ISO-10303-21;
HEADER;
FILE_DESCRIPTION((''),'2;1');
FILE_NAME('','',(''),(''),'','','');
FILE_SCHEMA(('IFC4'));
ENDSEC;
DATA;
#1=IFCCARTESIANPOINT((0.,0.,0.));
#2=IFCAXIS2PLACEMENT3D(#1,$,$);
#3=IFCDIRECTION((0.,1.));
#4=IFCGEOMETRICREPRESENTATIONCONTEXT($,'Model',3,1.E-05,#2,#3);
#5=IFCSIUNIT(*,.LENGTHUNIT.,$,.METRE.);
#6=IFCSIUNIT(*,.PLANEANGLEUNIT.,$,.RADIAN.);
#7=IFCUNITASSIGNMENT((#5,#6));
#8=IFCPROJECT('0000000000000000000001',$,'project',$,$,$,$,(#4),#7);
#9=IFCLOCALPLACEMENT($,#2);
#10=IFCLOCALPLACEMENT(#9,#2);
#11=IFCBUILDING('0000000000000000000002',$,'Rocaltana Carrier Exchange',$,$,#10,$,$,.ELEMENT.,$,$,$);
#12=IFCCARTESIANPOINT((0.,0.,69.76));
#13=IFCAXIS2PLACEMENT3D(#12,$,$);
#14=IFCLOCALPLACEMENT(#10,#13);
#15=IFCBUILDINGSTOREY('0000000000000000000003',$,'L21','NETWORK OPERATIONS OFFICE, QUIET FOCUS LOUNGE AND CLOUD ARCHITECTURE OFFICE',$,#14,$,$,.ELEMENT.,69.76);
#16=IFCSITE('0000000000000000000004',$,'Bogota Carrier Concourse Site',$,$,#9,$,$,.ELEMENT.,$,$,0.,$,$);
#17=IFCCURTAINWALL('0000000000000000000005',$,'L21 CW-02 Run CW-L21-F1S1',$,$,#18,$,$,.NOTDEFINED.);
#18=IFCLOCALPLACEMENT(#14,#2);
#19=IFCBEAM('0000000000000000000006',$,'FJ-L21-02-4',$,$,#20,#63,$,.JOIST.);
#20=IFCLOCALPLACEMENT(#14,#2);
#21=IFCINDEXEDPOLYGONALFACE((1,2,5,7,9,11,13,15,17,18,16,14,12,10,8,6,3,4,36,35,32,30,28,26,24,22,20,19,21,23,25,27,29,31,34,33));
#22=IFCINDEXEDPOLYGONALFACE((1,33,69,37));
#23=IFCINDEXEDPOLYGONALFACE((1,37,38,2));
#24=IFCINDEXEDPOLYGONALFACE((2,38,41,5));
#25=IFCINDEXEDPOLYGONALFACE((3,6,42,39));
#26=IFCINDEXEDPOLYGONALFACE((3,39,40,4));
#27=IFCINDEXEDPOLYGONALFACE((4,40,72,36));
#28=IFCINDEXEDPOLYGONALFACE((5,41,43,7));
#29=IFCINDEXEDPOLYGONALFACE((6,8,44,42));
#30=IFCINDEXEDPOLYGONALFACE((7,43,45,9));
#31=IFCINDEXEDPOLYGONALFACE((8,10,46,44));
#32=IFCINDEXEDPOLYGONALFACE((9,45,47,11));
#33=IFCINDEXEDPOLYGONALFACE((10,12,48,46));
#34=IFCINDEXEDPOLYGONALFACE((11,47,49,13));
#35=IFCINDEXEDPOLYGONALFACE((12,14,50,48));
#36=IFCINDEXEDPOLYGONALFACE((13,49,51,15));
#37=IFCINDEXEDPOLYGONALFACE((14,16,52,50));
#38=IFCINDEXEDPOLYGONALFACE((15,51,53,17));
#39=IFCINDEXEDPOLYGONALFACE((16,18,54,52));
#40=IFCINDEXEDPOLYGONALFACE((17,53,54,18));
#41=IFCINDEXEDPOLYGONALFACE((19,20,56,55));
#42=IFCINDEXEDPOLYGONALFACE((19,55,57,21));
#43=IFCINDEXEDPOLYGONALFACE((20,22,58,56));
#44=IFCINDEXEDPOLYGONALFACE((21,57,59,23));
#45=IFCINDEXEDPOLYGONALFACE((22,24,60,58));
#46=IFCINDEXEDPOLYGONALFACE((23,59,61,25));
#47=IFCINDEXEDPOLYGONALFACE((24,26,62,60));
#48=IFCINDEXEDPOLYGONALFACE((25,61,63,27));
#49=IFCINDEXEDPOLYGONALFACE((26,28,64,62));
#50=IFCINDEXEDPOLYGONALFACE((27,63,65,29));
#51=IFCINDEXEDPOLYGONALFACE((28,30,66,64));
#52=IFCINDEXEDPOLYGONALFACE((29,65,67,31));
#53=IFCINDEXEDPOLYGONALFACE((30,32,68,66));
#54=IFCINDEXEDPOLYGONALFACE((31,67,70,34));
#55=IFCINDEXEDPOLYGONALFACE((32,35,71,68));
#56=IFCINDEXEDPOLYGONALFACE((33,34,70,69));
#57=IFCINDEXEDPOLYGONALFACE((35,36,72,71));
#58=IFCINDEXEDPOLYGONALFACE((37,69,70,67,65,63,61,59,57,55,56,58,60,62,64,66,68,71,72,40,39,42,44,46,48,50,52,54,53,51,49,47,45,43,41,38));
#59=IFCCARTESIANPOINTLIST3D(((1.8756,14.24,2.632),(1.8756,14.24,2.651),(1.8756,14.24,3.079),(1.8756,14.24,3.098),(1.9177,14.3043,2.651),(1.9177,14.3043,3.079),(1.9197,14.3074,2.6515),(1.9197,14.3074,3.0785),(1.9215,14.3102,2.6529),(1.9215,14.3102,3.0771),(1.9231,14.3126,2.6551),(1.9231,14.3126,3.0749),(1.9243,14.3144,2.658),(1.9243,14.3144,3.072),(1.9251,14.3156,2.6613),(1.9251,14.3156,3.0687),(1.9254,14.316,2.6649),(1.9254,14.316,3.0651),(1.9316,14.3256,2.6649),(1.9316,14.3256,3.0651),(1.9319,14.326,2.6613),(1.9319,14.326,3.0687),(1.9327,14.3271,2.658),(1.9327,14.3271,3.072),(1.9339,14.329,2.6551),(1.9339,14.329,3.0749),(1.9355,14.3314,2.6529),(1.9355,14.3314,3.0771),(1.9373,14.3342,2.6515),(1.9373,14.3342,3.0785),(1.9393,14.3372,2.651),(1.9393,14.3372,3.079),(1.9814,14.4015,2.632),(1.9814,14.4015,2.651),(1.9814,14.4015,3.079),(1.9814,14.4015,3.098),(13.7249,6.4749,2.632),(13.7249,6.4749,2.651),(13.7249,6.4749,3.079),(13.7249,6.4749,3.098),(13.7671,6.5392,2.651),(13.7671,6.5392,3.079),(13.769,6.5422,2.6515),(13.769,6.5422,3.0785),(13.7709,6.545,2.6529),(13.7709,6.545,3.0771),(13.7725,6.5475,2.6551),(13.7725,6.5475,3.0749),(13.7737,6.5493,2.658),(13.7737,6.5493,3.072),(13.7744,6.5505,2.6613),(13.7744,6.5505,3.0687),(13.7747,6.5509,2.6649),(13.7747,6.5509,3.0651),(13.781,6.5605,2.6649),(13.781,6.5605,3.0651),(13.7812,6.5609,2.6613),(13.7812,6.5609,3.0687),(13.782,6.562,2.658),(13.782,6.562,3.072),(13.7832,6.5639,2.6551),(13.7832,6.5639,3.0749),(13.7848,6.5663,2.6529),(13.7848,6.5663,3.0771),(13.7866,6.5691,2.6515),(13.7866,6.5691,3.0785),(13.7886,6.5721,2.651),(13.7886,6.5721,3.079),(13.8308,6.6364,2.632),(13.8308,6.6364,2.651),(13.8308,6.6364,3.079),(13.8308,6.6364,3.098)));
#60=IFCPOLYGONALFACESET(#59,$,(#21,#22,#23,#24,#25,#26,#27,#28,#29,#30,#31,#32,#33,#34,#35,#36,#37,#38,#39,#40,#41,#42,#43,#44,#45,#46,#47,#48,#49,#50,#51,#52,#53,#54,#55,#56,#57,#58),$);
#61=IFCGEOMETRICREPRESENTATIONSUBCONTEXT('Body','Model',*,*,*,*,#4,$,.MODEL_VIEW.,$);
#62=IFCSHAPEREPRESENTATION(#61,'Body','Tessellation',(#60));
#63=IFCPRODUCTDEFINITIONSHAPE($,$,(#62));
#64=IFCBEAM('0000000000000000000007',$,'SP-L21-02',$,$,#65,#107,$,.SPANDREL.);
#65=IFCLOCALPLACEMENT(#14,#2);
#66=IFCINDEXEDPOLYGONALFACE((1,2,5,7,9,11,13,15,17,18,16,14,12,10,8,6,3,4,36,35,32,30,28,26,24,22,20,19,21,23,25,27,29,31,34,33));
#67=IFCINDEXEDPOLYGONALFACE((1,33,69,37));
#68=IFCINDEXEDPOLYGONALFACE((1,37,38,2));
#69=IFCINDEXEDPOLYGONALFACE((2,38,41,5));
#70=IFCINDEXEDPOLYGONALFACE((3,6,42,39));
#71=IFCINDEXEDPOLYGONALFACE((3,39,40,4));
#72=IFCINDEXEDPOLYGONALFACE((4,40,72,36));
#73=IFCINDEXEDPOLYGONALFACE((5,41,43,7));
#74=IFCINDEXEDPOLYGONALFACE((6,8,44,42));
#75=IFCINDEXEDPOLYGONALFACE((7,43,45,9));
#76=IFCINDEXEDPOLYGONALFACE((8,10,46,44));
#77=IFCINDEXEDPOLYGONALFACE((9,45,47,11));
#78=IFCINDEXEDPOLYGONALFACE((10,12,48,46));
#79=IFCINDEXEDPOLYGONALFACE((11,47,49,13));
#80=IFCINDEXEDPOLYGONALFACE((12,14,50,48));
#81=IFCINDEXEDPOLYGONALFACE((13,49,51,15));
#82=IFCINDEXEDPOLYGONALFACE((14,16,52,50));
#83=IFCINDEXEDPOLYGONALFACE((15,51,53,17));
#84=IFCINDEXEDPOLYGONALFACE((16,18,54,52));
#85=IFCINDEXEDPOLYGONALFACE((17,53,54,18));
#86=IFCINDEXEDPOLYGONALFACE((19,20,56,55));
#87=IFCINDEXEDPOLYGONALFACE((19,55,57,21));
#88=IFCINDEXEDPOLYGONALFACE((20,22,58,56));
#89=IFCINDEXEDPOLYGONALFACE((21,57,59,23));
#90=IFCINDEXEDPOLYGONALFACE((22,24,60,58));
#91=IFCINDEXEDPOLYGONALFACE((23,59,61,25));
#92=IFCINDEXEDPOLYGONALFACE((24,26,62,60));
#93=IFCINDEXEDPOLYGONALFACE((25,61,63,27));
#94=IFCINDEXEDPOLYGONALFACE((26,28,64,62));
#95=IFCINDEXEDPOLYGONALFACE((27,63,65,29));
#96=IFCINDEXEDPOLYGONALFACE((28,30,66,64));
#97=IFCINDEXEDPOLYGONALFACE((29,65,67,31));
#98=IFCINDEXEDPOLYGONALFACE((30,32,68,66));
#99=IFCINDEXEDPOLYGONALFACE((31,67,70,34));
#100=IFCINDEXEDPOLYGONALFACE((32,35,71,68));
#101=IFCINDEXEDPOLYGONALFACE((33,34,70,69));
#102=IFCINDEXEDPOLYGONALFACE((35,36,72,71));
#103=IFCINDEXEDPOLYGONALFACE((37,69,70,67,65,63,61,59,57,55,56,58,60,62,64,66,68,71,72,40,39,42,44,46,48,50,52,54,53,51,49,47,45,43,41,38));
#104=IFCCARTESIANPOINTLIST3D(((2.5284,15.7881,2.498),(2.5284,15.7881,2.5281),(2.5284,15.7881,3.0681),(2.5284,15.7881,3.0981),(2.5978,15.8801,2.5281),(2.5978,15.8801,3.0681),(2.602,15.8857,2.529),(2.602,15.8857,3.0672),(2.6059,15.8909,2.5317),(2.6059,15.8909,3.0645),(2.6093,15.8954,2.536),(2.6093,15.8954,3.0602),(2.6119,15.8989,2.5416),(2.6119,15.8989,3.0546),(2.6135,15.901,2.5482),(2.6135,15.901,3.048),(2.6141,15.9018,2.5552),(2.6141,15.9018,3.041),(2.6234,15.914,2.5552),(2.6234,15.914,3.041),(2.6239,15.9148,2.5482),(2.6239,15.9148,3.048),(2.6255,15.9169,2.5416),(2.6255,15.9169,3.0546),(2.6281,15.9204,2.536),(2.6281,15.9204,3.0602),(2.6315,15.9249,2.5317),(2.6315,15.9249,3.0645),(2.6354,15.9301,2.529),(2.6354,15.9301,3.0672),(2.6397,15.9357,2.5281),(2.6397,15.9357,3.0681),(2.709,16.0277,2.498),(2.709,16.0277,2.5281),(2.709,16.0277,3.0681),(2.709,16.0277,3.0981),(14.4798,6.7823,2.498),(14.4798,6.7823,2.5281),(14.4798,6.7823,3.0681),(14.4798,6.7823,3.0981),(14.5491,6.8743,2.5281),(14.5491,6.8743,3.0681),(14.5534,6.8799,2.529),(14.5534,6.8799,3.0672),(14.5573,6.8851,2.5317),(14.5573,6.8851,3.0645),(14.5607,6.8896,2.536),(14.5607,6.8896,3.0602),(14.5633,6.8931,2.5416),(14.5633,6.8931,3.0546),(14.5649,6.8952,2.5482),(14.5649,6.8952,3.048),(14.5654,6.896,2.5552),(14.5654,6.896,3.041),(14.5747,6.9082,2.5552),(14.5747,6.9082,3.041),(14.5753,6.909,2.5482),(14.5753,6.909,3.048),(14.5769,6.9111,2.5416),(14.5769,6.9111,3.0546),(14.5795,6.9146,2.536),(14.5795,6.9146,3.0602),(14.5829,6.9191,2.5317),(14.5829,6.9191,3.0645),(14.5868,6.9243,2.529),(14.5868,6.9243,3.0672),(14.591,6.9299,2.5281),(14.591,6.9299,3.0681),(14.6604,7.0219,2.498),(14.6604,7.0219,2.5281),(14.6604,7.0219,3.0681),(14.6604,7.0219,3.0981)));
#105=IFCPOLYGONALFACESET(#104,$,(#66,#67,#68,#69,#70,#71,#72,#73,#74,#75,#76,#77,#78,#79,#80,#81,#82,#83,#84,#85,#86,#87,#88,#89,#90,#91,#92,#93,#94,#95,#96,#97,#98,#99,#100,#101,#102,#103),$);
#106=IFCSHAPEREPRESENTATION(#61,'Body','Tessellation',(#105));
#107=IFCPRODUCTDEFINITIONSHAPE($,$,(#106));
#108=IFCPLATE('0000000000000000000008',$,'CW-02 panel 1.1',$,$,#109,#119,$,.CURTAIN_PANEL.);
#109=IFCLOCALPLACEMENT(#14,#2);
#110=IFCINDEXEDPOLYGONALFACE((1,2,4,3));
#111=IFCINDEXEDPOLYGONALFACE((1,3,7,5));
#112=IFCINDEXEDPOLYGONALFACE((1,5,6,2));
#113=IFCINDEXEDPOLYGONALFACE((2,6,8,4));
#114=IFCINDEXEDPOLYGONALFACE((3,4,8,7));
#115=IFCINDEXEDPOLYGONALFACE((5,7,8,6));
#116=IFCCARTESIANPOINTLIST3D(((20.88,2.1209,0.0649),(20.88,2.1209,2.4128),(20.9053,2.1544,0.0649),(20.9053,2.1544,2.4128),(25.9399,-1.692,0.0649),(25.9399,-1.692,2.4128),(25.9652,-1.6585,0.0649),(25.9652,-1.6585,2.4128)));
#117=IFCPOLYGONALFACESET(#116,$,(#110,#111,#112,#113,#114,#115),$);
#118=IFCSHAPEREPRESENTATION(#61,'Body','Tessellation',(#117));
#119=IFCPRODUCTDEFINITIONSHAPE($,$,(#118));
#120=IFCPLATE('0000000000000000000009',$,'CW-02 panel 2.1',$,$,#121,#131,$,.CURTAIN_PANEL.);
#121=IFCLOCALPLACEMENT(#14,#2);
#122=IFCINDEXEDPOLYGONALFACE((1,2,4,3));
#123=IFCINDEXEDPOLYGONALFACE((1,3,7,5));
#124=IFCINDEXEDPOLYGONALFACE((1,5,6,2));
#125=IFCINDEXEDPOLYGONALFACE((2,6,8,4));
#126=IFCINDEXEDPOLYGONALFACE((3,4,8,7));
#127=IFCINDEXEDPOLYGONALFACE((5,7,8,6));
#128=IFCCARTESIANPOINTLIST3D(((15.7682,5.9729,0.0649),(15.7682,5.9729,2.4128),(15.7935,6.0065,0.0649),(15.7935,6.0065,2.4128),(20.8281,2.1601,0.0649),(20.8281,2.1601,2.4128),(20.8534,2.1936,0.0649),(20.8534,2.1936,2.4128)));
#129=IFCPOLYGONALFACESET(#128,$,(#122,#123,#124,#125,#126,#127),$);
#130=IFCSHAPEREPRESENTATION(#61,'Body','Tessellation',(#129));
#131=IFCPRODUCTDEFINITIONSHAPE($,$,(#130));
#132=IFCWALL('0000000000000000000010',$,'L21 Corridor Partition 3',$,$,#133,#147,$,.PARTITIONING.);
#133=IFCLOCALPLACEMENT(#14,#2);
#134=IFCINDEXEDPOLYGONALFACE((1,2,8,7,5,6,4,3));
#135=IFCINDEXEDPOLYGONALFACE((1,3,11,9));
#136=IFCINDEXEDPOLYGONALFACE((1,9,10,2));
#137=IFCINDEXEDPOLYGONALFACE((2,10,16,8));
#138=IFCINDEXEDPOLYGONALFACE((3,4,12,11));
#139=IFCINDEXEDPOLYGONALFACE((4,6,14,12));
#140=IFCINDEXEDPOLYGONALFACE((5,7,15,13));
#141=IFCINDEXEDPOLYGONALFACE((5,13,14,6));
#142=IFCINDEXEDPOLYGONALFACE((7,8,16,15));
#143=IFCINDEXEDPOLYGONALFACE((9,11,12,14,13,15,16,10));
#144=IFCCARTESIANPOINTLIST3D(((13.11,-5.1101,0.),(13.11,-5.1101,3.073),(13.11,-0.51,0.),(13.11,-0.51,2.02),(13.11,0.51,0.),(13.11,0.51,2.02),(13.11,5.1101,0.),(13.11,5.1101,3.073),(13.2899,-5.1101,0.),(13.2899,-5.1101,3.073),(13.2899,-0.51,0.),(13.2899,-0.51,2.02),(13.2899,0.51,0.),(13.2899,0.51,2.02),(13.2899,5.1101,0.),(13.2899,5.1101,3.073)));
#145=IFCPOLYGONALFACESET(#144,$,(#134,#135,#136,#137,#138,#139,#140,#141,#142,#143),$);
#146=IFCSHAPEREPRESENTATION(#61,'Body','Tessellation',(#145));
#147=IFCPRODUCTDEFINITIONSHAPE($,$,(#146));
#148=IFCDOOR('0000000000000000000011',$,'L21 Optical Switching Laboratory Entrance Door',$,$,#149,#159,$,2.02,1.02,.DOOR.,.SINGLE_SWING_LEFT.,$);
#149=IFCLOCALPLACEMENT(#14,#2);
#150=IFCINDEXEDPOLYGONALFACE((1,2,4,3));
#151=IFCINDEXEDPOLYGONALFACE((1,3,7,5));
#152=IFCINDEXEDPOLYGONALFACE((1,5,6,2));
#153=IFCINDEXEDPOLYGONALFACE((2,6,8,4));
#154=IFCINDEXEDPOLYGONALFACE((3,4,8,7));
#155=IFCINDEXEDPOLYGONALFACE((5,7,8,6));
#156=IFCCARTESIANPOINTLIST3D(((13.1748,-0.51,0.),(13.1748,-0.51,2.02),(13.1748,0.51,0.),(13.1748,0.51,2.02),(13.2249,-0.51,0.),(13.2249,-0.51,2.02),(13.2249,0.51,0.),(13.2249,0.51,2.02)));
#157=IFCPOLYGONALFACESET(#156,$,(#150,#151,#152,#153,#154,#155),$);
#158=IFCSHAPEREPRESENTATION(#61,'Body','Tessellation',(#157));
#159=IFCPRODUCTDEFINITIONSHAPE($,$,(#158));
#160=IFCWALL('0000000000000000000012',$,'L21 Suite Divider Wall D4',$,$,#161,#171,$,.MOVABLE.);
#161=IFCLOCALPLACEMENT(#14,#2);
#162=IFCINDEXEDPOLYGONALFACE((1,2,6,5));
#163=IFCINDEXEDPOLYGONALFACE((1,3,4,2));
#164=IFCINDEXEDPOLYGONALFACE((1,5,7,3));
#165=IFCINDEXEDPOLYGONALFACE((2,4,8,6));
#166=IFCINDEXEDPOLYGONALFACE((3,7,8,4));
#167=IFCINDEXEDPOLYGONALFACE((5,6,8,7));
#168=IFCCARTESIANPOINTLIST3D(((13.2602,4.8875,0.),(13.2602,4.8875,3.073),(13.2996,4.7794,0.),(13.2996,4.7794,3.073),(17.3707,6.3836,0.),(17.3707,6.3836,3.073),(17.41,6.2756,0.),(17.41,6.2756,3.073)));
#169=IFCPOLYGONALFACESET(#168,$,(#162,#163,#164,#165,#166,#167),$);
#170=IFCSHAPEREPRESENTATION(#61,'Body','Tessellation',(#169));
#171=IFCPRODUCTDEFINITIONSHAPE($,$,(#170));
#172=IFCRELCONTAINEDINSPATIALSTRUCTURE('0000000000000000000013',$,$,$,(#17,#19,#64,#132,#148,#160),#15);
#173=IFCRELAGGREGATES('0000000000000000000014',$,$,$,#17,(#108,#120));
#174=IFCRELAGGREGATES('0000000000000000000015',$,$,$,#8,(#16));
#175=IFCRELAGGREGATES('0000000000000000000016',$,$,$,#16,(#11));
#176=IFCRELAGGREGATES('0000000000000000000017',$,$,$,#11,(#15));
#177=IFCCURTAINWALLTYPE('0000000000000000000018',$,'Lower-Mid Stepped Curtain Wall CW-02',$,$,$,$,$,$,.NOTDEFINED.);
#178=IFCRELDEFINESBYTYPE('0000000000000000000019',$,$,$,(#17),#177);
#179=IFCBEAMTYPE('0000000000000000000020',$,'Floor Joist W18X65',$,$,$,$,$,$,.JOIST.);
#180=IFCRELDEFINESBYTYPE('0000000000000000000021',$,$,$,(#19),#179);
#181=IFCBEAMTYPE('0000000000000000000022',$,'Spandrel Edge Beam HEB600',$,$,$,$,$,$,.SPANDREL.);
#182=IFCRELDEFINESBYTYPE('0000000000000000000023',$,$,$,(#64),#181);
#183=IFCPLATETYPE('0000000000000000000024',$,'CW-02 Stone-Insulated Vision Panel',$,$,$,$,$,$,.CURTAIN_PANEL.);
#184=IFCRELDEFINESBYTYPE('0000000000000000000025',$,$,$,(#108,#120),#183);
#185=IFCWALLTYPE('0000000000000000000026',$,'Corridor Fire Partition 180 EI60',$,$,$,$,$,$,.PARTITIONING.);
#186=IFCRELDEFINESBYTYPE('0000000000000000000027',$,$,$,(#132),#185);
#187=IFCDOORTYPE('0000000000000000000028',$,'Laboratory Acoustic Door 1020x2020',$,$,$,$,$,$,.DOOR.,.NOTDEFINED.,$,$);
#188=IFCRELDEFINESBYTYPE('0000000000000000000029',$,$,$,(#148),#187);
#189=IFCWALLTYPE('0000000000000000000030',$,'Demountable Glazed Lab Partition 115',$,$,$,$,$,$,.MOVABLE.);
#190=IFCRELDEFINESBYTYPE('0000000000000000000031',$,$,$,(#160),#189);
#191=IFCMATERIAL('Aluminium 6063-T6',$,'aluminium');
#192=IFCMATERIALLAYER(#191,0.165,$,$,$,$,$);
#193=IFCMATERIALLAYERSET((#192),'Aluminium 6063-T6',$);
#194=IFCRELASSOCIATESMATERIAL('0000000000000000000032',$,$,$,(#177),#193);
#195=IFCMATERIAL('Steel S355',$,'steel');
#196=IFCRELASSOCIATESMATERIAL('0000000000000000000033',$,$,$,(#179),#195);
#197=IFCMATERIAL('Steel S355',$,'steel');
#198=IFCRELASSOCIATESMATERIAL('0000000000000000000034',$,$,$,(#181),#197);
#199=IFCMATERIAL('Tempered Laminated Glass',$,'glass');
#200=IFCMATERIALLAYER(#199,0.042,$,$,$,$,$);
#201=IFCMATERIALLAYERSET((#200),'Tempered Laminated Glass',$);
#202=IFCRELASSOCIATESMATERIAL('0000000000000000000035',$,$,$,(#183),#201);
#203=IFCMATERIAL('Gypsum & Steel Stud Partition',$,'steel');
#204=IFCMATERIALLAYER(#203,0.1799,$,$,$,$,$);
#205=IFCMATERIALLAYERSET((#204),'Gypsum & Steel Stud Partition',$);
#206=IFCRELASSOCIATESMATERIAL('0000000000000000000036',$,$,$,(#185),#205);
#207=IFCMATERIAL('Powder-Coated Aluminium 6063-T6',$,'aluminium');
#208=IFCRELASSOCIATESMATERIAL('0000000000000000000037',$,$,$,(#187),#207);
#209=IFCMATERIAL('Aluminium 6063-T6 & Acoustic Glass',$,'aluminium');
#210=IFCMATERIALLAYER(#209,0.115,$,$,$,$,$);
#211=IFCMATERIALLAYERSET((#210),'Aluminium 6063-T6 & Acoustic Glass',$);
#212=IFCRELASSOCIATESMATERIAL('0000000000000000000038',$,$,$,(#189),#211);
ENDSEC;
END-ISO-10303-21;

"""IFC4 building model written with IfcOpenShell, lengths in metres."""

from ifc_helpers import new_model, si_unit, direction, frame, frame_2d, origin, origin_2d, place, context, subcontext, project, spatial, rectangle, i_section, extrude, material, layer, layer_set, material_profile, profile_set, type_object, element, fill, aggregate, save


model = new_model("IFC4")

# Units and contexts
model_context = context("Model", 3, precision=1e-05, world=origin(), true_north=direction((0.0, 1.0)))
body_context = subcontext(model_context, "Body", "Model", "MODEL_VIEW")
ifc_project = project(units=[si_unit("LENGTHUNIT", "METRE"), si_unit("PLANEANGLEUNIT", "RADIAN")], contexts=[model_context])

# Site, building, storey
site_placement = place(None, origin())
site = spatial("IfcSite", under=ifc_project, at=site_placement, Name="Bogota Carrier Concourse Site", CompositionType="ELEMENT", RefElevation=0.0)
building_placement = place(site_placement, origin())
building = spatial("IfcBuilding", under=site, at=building_placement, Name="Rocaltana Carrier Exchange", CompositionType="ELEMENT")
storey_placement = place(building_placement, frame((0.0, 0.0, 69.76)))
storey = spatial("IfcBuildingStorey", under=building, at=storey_placement, Name="L21", Description="NETWORK OPERATIONS OFFICE, QUIET FOCUS LOUNGE AND CLOUD ARCHITECTURE OFFICE", CompositionType="ELEMENT", Elevation=69.76)

# Curtain wall
ifc_material_1 = material(Name="Aluminium 6063-T6", Category="aluminium")
ifc_layer_1 = layer(ifc_material_1, 0.165)
ifc_layer_set_1 = layer_set([ifc_layer_1], Name="Aluminium 6063-T6")
curtain_wall_type = type_object("IfcCurtainWallType", Name="Lower-Mid Stepped Curtain Wall CW-02", PredefinedType="NOTDEFINED", material=ifc_layer_set_1)
curtain_wall_1_placement = place(storey_placement, origin())
curtain_wall_1 = element("IfcCurtainWall", 1, at=curtain_wall_1_placement, inside=storey, type_object=curtain_wall_type, Name="L21 CW-02 Run CW-L21-F1S1", PredefinedType="NOTDEFINED")

# Beams
ifc_material_2 = material(Name="Steel S355", Category="steel")
ifc_material_profile_1 = material_profile(ifc_material_2, i_section(OverallWidth=0.1931, OverallDepth=0.4661, WebThickness=0.0115, FlangeThickness=0.019, FilletRadius=0.0139, at=origin_2d()), Name="W18X65")
ifc_profile_set_1 = profile_set([ifc_material_profile_1], Name="Steel S355")
beam_type_1 = type_object("IfcBeamType", Name="Floor Joist W18X65", PredefinedType="JOIST", material=ifc_profile_set_1)
beam_1_placement = place(storey_placement, frame((13.7778, 6.5557, 2.865), z_axis=(-0.836404, 0.548113, 0.0), x_axis=(-0.548113, -0.836404, 0.0)))
element("IfcBeam", 2, at=beam_1_placement, inside=storey, type_object=beam_type_1, Name="FJ-L21-02-4", PredefinedType="JOIST", context=body_context, shape_type="SweptSolid", body=[
    extrude(i_section(OverallWidth=0.1931, OverallDepth=0.4661, WebThickness=0.0115, FlangeThickness=0.019, FilletRadius=0.0139, at=origin_2d()), origin(), (0.0, 0.0, 1.0), 14.167),
])
ifc_material_3 = material(Name="Steel S355", Category="steel")
ifc_material_profile_2 = material_profile(ifc_material_3, i_section(OverallWidth=0.3, OverallDepth=0.6001, WebThickness=0.0154, FlangeThickness=0.03, FilletRadius=0.0271, at=origin_2d()), Name="HEB600")
ifc_profile_set_2 = profile_set([ifc_material_profile_2], Name="Steel S355")
beam_type_2 = type_object("IfcBeamType", Name="Spandrel Edge Beam HEB600", PredefinedType="SPANDREL", material=ifc_profile_set_2)
beam_2_placement = place(storey_placement, frame((14.5701, 6.9021, 2.7981), z_axis=(-0.798641, 0.601807, 0.0), x_axis=(-0.601807, -0.798641, 0.0)))
element("IfcBeam", 3, at=beam_2_placement, inside=storey, type_object=beam_type_2, Name="SP-L21-02", PredefinedType="SPANDREL", context=body_context, shape_type="SweptSolid", body=[
    extrude(i_section(OverallWidth=0.3, OverallDepth=0.6001, WebThickness=0.0154, FlangeThickness=0.03, FilletRadius=0.0271, at=origin_2d()), origin(), (0.0, 0.0, 1.0), 14.9646),
])

# Plates
ifc_material_4 = material(Name="Tempered Laminated Glass", Category="glass")
ifc_layer_2 = layer(ifc_material_4, 0.042)
ifc_layer_set_2 = layer_set([ifc_layer_2], Name="Tempered Laminated Glass")
plate_type = type_object("IfcPlateType", Name="CW-02 Stone-Insulated Vision Panel", PredefinedType="CURTAIN_PANEL", material=ifc_layer_set_2)
plate_1_placement = place(storey_placement, frame((23.4226, 0.2312, 0.0649), z_axis=(0.0, 0.0, 1.0), x_axis=(-0.798642, 0.601807, 0.0)))
plate_1 = element("IfcPlate", 4, at=plate_1_placement, type_object=plate_type, Name="CW-02 panel 1.1", PredefinedType="CURTAIN_PANEL", context=body_context, shape_type="SweptSolid", body=[
    extrude(rectangle(XDim=6.3357, YDim=0.042, at=origin_2d()), origin(), (0.0, 0.0, 1.0), 2.3479),
])
plate_2_placement = place(storey_placement, frame((18.3108, 4.0833, 0.0649), z_axis=(0.0, 0.0, 1.0), x_axis=(-0.798642, 0.601807, 0.0)))
plate_2 = element("IfcPlate", 5, at=plate_2_placement, type_object=plate_type, Name="CW-02 panel 2.1", PredefinedType="CURTAIN_PANEL", context=body_context, shape_type="SweptSolid", body=[
    extrude(rectangle(XDim=6.3357, YDim=0.042, at=origin_2d()), origin(), (0.0, 0.0, 1.0), 2.3479),
])
aggregate(curtain_wall_1, [plate_1, plate_2])

# Wall, opening, door
ifc_material_5 = material(Name="Gypsum & Steel Stud Partition", Category="steel")
ifc_layer_3 = layer(ifc_material_5, 0.1799)
ifc_layer_set_3 = layer_set([ifc_layer_3], Name="Gypsum & Steel Stud Partition")
wall_type_1 = type_object("IfcWallType", Name="Corridor Fire Partition 180 EI60", PredefinedType="PARTITIONING", material=ifc_layer_set_3)
wall_1_placement = place(storey_placement, frame((13.2, 5.1101, 0.0), z_axis=(0.0, 0.0, 1.0), x_axis=(0.0, -1.0, 0.0)))
wall_1 = element("IfcWall", 6, at=wall_1_placement, inside=storey, type_object=wall_type_1, Name="L21 Corridor Partition 3", PredefinedType="PARTITIONING", context=body_context, shape_type="SweptSolid", body=[
    extrude(rectangle(XDim=10.2202, YDim=0.1799, at=frame_2d((5.1101, 0.0))), origin(), (0.0, 0.0, 1.0), 3.073),
])
opening_placement = place(wall_1_placement, frame((4.6001, 0.0, 0.0)))
opening = element("IfcOpeningElement", 7, at=opening_placement, cuts=wall_1, PredefinedType="OPENING", context=body_context, shape_type="SweptSolid", body=[
    extrude(rectangle(XDim=1.02, YDim=2.02, at=frame_2d((0.51, 1.01))), frame((0.0, 0.0999, 0.0), z_axis=(0.0, -1.0, 0.0), x_axis=(1.0, 0.0, 0.0)), (0.0, 0.0, 1.0), 0.2),
])
ifc_material_6 = material(Name="Powder-Coated Aluminium 6063-T6", Category="aluminium")
door_type = type_object("IfcDoorType", Name="Laboratory Acoustic Door 1020x2020", OperationType="NOTDEFINED", PredefinedType="DOOR", material=ifc_material_6)
door_placement = place(opening_placement, origin())
door = element("IfcDoor", 8, at=door_placement, inside=storey, type_object=door_type, Name="L21 Optical Switching Laboratory Entrance Door", OperationType="SINGLE_SWING_LEFT", OverallHeight=2.02, OverallWidth=1.02, PredefinedType="DOOR", context=body_context, shape_type="SweptSolid", body=[
    extrude(rectangle(XDim=1.02, YDim=2.02, at=frame_2d((0.51, 1.01))), frame((0.0, 0.0249, 0.0), z_axis=(0.0, -1.0, 0.0), x_axis=(1.0, 0.0, 0.0)), (0.0, 0.0, 1.0), 0.05),
])
fill(opening, door)

# Wall
ifc_material_7 = material(Name="Aluminium 6063-T6 & Acoustic Glass", Category="aluminium")
ifc_layer_4 = layer(ifc_material_7, 0.115)
ifc_layer_set_4 = layer_set([ifc_layer_4], Name="Aluminium 6063-T6 & Acoustic Glass")
wall_type_2 = type_object("IfcWallType", Name="Demountable Glazed Lab Partition 115", PredefinedType="MOVABLE", material=ifc_layer_set_4)
wall_2_placement = place(storey_placement, frame((13.28, 4.8335, 0.0), z_axis=(0.0, 0.0, 1.0), x_axis=(0.939689, 0.34203, 0.0)))
element("IfcWall", 9, at=wall_2_placement, inside=storey, type_object=wall_type_2, Name="L21 Suite Divider Wall D4", PredefinedType="MOVABLE", context=body_context, shape_type="SweptSolid", body=[
    extrude(rectangle(XDim=4.3743, YDim=0.115, at=frame_2d((2.187, 0.0))), origin(), (0.0, 0.0, 1.0), 3.073),
])

save(model, "model.ifc")
